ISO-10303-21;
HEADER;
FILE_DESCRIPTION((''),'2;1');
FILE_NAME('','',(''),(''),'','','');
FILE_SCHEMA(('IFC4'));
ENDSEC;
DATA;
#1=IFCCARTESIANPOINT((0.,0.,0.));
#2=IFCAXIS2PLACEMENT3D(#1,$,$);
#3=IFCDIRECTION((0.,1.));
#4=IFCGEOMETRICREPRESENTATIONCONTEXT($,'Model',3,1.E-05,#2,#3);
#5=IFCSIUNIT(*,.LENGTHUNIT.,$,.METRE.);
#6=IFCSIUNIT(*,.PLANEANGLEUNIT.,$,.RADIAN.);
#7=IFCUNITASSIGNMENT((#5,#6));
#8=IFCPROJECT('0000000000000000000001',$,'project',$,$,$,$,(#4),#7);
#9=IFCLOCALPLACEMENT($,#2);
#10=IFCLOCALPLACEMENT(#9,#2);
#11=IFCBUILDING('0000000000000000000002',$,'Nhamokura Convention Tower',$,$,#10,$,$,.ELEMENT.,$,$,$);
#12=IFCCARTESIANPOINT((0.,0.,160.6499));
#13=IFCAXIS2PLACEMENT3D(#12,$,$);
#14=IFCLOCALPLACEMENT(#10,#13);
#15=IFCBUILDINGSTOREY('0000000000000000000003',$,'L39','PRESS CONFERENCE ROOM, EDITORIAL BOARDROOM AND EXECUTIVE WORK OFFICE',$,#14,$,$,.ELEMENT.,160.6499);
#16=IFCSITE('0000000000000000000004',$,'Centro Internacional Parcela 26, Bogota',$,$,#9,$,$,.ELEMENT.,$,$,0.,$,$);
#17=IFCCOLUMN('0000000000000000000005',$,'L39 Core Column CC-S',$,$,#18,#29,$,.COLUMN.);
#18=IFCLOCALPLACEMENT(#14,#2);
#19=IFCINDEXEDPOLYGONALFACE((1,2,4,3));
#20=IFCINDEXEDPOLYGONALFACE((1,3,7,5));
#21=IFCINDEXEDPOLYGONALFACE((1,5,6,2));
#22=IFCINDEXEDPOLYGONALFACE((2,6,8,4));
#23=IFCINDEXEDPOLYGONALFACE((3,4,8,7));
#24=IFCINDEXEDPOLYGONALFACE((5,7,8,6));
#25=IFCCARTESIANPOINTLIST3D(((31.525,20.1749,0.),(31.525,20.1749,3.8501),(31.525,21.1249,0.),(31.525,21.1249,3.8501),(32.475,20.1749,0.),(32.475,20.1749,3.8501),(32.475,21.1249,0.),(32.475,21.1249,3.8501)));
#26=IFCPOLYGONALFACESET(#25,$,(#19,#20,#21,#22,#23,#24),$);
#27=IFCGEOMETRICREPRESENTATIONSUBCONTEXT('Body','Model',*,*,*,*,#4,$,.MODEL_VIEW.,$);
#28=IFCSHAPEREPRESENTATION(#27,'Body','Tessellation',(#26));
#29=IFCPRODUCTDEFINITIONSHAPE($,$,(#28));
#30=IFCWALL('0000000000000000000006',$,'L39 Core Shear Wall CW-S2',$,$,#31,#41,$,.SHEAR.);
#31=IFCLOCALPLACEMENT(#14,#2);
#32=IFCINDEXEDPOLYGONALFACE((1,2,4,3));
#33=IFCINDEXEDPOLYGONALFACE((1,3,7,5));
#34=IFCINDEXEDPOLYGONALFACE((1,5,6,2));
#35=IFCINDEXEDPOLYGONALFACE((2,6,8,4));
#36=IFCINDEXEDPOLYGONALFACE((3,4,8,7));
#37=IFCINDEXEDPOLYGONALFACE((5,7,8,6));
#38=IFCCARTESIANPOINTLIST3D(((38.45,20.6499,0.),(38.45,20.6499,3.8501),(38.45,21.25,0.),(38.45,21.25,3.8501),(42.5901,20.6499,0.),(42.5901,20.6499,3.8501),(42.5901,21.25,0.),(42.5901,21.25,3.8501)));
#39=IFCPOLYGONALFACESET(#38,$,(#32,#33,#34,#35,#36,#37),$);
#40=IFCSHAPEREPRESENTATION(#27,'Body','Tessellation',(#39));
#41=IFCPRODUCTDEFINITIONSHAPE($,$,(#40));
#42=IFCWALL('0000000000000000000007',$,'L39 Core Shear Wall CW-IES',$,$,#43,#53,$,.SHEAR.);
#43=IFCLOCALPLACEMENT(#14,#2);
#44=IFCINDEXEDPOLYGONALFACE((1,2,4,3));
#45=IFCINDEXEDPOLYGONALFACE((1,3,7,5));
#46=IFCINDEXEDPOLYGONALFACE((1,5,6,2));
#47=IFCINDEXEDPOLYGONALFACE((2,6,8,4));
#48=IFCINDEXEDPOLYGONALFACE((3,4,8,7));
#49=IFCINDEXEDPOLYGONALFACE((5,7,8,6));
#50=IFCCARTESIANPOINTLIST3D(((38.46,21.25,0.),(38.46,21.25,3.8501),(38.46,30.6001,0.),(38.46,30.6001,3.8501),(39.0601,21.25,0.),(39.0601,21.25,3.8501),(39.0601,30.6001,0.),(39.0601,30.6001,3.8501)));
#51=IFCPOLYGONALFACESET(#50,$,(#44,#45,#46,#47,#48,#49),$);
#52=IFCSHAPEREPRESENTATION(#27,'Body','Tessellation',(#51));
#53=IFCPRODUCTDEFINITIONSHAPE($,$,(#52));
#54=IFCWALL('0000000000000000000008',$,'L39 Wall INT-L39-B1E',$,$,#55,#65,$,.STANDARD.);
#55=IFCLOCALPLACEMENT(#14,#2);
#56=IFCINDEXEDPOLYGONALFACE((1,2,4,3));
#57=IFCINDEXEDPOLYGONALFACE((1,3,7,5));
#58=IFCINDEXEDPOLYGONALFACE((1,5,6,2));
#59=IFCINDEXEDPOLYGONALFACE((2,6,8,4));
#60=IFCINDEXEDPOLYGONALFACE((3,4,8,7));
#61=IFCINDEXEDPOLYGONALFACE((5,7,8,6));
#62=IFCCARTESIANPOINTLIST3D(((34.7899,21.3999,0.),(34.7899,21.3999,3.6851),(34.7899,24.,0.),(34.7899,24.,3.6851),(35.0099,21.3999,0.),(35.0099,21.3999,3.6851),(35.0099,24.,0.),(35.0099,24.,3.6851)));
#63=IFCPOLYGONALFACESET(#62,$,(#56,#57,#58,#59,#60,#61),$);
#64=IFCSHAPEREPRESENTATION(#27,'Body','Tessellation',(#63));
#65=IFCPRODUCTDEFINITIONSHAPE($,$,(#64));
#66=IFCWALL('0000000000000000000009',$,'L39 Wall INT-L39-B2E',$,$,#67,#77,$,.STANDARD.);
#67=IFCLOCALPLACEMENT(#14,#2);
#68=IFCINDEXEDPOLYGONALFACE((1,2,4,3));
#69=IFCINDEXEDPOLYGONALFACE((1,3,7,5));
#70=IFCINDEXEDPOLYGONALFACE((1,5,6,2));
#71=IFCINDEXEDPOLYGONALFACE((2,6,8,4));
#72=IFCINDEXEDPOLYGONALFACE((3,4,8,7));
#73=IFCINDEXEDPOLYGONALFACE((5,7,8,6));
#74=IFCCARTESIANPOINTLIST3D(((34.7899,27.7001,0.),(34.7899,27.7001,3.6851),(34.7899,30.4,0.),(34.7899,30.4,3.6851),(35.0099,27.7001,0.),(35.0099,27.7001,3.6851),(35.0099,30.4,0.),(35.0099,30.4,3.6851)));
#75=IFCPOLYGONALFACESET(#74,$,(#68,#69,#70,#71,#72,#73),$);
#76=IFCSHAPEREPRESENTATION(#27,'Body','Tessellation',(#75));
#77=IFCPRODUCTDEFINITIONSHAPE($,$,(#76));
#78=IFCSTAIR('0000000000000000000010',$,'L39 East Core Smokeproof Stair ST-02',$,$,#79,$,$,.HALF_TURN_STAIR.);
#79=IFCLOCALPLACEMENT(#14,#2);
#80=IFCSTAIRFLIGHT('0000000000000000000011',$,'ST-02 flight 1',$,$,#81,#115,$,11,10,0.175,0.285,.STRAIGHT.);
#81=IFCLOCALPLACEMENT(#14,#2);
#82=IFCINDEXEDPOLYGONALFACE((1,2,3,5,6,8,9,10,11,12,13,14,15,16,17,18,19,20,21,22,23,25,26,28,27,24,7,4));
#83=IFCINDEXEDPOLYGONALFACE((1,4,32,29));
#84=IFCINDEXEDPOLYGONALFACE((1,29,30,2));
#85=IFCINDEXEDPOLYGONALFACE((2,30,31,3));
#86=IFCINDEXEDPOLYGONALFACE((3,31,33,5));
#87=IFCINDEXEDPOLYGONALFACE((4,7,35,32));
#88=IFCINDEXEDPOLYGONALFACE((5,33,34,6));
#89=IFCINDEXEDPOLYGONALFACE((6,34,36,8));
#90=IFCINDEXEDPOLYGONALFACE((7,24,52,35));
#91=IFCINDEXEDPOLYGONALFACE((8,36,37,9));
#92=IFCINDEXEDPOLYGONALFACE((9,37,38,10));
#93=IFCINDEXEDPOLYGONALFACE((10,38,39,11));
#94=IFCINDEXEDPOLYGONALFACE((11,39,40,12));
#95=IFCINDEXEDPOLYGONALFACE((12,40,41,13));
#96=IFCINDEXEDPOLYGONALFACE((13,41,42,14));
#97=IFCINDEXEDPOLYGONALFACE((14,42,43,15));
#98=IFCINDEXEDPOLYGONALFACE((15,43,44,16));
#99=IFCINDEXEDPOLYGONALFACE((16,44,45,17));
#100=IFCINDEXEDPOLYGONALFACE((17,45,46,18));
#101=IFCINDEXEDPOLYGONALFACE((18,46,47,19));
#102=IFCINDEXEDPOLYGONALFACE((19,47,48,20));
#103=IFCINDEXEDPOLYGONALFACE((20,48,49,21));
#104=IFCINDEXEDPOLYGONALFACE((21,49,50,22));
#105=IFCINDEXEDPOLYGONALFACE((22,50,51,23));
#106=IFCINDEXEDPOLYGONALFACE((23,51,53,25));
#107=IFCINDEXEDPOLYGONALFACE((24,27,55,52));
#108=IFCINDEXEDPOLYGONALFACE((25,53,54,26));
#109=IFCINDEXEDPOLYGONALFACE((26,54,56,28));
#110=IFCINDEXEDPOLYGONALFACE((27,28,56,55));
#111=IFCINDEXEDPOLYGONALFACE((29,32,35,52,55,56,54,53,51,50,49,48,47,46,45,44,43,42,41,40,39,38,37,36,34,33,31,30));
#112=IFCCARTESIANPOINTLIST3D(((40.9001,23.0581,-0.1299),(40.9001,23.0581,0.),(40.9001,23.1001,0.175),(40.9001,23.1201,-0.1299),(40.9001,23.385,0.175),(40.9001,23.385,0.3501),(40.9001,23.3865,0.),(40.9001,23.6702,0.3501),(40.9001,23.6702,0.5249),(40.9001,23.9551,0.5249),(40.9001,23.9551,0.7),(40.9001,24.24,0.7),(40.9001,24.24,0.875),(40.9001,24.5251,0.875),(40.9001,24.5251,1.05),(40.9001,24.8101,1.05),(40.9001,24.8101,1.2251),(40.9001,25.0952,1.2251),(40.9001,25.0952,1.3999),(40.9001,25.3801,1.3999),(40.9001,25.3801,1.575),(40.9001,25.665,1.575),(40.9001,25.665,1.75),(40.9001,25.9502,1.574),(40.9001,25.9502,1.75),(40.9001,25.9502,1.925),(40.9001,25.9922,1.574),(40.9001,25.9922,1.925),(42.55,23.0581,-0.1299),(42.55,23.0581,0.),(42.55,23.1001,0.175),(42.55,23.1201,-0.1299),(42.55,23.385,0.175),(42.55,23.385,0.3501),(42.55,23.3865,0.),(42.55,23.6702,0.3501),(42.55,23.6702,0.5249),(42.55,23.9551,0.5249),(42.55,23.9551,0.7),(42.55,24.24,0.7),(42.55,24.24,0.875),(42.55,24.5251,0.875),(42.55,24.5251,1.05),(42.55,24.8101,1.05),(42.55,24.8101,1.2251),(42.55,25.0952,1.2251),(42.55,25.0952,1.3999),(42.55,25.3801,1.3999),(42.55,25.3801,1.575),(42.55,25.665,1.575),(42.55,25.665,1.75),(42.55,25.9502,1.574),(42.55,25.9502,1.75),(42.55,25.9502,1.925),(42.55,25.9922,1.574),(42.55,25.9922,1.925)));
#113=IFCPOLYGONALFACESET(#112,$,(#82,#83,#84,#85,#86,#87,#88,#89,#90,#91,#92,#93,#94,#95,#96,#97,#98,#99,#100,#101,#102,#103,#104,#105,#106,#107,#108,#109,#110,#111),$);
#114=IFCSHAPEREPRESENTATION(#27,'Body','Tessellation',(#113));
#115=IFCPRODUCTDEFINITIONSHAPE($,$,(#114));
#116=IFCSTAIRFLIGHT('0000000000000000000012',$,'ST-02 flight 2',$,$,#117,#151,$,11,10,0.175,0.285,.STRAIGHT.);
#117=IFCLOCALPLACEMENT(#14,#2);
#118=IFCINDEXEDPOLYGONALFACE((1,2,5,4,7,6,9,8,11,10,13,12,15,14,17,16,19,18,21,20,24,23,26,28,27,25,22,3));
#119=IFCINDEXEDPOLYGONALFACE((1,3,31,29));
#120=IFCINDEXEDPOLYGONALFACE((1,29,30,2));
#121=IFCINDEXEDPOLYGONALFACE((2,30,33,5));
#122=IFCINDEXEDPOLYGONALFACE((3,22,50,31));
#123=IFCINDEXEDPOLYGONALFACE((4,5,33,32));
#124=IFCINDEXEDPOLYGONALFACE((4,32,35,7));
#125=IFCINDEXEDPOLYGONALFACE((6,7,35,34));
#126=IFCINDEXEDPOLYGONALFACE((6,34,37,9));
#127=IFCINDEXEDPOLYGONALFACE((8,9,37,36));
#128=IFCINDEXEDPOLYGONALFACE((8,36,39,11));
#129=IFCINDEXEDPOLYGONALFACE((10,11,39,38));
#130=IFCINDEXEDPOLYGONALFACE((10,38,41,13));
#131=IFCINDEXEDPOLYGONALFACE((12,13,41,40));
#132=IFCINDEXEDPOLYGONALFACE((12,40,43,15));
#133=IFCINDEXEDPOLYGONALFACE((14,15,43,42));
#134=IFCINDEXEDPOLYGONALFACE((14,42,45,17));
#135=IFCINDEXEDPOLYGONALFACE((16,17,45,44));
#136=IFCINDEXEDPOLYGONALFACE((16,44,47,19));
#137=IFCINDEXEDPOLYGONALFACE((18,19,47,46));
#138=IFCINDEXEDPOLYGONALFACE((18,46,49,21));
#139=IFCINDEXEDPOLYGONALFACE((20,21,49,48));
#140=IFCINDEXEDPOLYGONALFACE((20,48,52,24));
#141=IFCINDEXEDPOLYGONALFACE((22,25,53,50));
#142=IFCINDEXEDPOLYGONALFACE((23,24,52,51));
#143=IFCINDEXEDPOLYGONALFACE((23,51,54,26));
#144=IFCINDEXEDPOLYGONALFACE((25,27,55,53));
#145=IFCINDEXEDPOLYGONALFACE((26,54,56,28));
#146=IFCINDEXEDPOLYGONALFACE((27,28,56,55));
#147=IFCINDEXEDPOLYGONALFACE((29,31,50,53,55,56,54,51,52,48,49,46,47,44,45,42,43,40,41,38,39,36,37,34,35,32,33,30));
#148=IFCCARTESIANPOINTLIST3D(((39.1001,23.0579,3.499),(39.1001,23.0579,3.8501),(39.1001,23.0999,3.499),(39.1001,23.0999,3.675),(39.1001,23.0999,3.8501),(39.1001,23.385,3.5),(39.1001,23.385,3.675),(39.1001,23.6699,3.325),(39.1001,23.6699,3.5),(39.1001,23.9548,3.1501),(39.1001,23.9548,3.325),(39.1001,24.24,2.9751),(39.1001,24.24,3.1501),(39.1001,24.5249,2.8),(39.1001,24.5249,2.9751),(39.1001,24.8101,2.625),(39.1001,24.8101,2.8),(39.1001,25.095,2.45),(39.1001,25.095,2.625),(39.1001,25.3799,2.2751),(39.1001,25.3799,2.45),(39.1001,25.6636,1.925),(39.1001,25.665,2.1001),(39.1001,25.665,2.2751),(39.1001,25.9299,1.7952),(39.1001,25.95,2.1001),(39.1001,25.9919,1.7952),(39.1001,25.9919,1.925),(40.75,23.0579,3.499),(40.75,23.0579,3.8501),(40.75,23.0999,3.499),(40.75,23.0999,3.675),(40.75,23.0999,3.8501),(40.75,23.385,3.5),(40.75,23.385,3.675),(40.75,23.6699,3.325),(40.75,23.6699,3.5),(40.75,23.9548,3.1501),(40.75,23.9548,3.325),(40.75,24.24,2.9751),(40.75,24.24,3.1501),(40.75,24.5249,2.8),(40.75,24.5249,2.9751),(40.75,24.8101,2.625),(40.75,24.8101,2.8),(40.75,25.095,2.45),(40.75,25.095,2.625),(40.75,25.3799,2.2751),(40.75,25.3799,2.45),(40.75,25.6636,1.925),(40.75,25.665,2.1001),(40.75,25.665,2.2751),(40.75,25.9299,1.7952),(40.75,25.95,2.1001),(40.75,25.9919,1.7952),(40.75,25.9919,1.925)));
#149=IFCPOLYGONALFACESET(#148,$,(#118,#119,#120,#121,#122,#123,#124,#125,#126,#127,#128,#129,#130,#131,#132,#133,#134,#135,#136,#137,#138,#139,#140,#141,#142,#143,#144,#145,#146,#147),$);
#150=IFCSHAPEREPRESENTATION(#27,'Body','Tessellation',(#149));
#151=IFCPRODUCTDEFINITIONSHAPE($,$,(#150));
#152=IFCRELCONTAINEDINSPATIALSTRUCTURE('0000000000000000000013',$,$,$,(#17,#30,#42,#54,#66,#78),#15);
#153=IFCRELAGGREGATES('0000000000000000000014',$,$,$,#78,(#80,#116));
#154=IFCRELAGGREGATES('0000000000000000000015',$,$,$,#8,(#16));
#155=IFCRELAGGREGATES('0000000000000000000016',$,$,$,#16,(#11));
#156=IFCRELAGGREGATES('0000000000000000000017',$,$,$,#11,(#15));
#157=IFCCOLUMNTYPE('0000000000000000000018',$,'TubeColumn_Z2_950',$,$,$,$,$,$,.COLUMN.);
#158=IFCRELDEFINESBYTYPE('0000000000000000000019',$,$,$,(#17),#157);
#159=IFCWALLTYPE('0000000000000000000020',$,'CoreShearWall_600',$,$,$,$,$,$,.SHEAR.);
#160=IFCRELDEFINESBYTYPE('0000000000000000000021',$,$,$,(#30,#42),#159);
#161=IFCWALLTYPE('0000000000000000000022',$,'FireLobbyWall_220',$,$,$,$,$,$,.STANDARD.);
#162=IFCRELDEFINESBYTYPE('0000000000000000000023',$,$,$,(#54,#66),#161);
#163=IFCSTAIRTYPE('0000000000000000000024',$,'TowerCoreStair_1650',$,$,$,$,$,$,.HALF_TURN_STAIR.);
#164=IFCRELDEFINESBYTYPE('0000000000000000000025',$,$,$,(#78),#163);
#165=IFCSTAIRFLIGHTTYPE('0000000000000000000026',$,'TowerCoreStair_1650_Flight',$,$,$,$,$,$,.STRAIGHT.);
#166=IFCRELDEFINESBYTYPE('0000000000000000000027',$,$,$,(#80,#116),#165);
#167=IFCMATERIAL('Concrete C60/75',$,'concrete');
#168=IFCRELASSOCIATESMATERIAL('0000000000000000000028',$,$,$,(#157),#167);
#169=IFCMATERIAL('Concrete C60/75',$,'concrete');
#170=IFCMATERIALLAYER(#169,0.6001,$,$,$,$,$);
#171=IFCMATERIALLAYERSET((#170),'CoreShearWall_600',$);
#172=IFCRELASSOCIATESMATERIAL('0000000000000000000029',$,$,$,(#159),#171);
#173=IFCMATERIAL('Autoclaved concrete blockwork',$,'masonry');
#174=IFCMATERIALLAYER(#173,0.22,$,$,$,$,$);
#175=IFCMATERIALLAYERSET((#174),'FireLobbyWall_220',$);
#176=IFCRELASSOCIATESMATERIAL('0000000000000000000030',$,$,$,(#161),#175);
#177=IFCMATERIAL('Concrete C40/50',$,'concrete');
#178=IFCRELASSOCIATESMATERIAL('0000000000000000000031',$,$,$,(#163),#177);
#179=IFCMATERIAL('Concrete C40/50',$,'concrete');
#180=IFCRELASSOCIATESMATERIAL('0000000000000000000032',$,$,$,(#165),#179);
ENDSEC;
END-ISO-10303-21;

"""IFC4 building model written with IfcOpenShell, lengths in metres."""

from ifc_helpers import new_model, si_unit, direction, frame, frame_2d, origin, origin_2d, place, context, subcontext, project, spatial, polyline, rectangle, outline, extrude, material, layer, layer_set, material_profile, profile_set, type_object, element, aggregate, save


model = new_model("IFC4")

# Units and contexts
model_context = context("Model", 3, precision=1e-05, world=origin(), true_north=direction((0.0, 1.0)))
body_context = subcontext(model_context, "Body", "Model", "MODEL_VIEW")
ifc_project = project(units=[si_unit("LENGTHUNIT", "METRE"), si_unit("PLANEANGLEUNIT", "RADIAN")], contexts=[model_context])

# Site, building, storey
site_placement = place(None, origin())
site = spatial("IfcSite", under=ifc_project, at=site_placement, Name="Centro Internacional Parcela 26, Bogota", CompositionType="ELEMENT", RefElevation=0.0)
building_placement = place(site_placement, origin())
building = spatial("IfcBuilding", under=site, at=building_placement, Name="Nhamokura Convention Tower", CompositionType="ELEMENT")
storey_placement = place(building_placement, frame((0.0, 0.0, 160.6499)))
storey = spatial("IfcBuildingStorey", under=building, at=storey_placement, Name="L39", Description="PRESS CONFERENCE ROOM, EDITORIAL BOARDROOM AND EXECUTIVE WORK OFFICE", CompositionType="ELEMENT", Elevation=160.6499)

# Column
ifc_material_1 = material(Name="Concrete C60/75", Category="concrete")
ifc_material_profile = material_profile(ifc_material_1, rectangle(XDim=0.95, YDim=0.95, at=origin_2d()))
ifc_profile_set = profile_set([ifc_material_profile], Name="Concrete C60/75")
column_type = type_object("IfcColumnType", Name="TubeColumn_Z2_950", PredefinedType="COLUMN", material=ifc_profile_set)
column_placement = place(storey_placement, frame((32.0, 20.6499, 0.0), z_axis=(0.0, 0.0, 1.0), x_axis=(1.0, 0.0, 0.0)))
element("IfcColumn", 1, at=column_placement, inside=storey, type_object=column_type, Name="L39 Core Column CC-S", PredefinedType="COLUMN", context=body_context, shape_type="SweptSolid", body=[
    extrude(rectangle(XDim=0.95, YDim=0.95, at=origin_2d()), origin(), (0.0, 0.0, 1.0), 3.8501),
])

# Shared definitions
ifc_material_2 = material(Name="Concrete C60/75", Category="concrete")
ifc_layer_1 = layer(ifc_material_2, 0.6001)
ifc_layer_set_1 = layer_set([ifc_layer_1], Name="CoreShearWall_600")
wall_type_1 = type_object("IfcWallType", Name="CoreShearWall_600", PredefinedType="SHEAR", material=ifc_layer_set_1)

# Walls
wall_1_placement = place(storey_placement, frame((38.45, 20.95, 0.0), z_axis=(0.0, 0.0, 1.0), x_axis=(1.0, 0.0, 0.0)))
element("IfcWall", 2, at=wall_1_placement, inside=storey, type_object=wall_type_1, Name="L39 Core Shear Wall CW-S2", PredefinedType="SHEAR", context=body_context, shape_type="SweptSolid", body=[
    extrude(rectangle(XDim=4.1401, YDim=0.6001, at=frame_2d((2.0701, 0.0))), origin(), (0.0, 0.0, 1.0), 3.8501),
])
wall_2_placement = place(storey_placement, frame((38.76, 21.25, 0.0), z_axis=(0.0, 0.0, 1.0), x_axis=(0.0, 1.0, 0.0)))
element("IfcWall", 3, at=wall_2_placement, inside=storey, type_object=wall_type_1, Name="L39 Core Shear Wall CW-IES", PredefinedType="SHEAR", context=body_context, shape_type="SweptSolid", body=[
    extrude(rectangle(XDim=9.3501, YDim=0.6001, at=frame_2d((4.675, 0.0))), origin(), (0.0, 0.0, 1.0), 3.8501),
])

# Shared definitions
ifc_material_3 = material(Name="Autoclaved concrete blockwork", Category="masonry")
ifc_layer_2 = layer(ifc_material_3, 0.22)
ifc_layer_set_2 = layer_set([ifc_layer_2], Name="FireLobbyWall_220")
wall_type_2 = type_object("IfcWallType", Name="FireLobbyWall_220", PredefinedType="STANDARD", material=ifc_layer_set_2)

# Walls
wall_3_placement = place(storey_placement, frame((34.8999, 21.3999, 0.0), z_axis=(0.0, 0.0, 1.0), x_axis=(0.0, 1.0, 0.0)))
element("IfcWall", 4, at=wall_3_placement, inside=storey, type_object=wall_type_2, Name="L39 Wall INT-L39-B1E", PredefinedType="STANDARD", context=body_context, shape_type="SweptSolid", body=[
    extrude(rectangle(XDim=2.6001, YDim=0.22, at=frame_2d((1.3, 0.0))), origin(), (0.0, 0.0, 1.0), 3.6851),
])
wall_4_placement = place(storey_placement, frame((34.8999, 27.7, 0.0), z_axis=(0.0, 0.0, 1.0), x_axis=(0.0, 1.0, 0.0)))
element("IfcWall", 5, at=wall_4_placement, inside=storey, type_object=wall_type_2, Name="L39 Wall INT-L39-B2E", PredefinedType="STANDARD", context=body_context, shape_type="SweptSolid", body=[
    extrude(rectangle(XDim=2.7, YDim=0.22, at=frame_2d((1.3501, 0.0))), origin(), (0.0, 0.0, 1.0), 3.6851),
])

# Stair, stair flights
ifc_material_4 = material(Name="Concrete C40/50", Category="concrete")
stair_type = type_object("IfcStairType", Name="TowerCoreStair_1650", PredefinedType="HALF_TURN_STAIR", material=ifc_material_4)
stair_placement = place(storey_placement, origin())
stair = element("IfcStair", 6, at=stair_placement, inside=storey, type_object=stair_type, Name="L39 East Core Smokeproof Stair ST-02", PredefinedType="HALF_TURN_STAIR")
ifc_material_5 = material(Name="Concrete C40/50", Category="concrete")
stair_flight_type = type_object("IfcStairFlightType", Name="TowerCoreStair_1650_Flight", PredefinedType="STRAIGHT", material=ifc_material_5)
stair_flight_1_placement = place(storey_placement, frame((41.7251, 23.1001, 0.0), z_axis=(0.0, 0.0, 1.0), x_axis=(0.0, 1.0, 0.0)))
stair_flight_1 = element("IfcStairFlight", 7, at=stair_flight_1_placement, type_object=stair_flight_type, Name="ST-02 flight 1", NumberOfRisers=11, NumberOfTreads=10, PredefinedType="STRAIGHT", RiserHeight=0.175, TreadLength=0.285, context=body_context, shape_type="SweptSolid", body=[
    extrude(outline(polyline([(-0.042, 0.0), (0.0, 0.175), (0.2849, 0.175), (0.2849, 0.3501), (0.5701, 0.3501), (0.5701, 0.5249), (0.855, 0.5249), (0.855, 0.7), (1.1399, 0.7), (1.1399, 0.875), (1.425, 0.875), (1.425, 1.05), (1.71, 1.05), (1.71, 1.2251), (1.9951, 1.2251), (1.9951, 1.3999), (2.28, 1.3999), (2.28, 1.575), (2.5649, 1.575), (2.5649, 1.75), (2.8501, 1.75), (2.8501, 1.925), (2.8921, 1.925), (2.8921, 1.574), (2.8501, 1.574), (0.2864, 0.0), (0.02, -0.1299), (-0.042, -0.1299), (-0.042, 0.0)])), frame((0.0, 0.825, 0.0), z_axis=(0.0, -1.0, 0.0), x_axis=(1.0, 0.0, 0.0)), (0.0, 0.0, 1.0), 1.6499),
])
stair_flight_2_placement = place(storey_placement, frame((39.925, 25.95, 1.925), z_axis=(0.0, 0.0, 1.0), x_axis=(0.0, -1.0, 0.0)))
stair_flight_2 = element("IfcStairFlight", 8, at=stair_flight_2_placement, type_object=stair_flight_type, Name="ST-02 flight 2", NumberOfRisers=11, NumberOfTreads=10, PredefinedType="STRAIGHT", RiserHeight=0.175, TreadLength=0.285, context=body_context, shape_type="SweptSolid", body=[
    extrude(outline(polyline([(-0.042, 0.0), (0.0, 0.175), (0.2849, 0.175), (0.2849, 0.3501), (0.5701, 0.3501), (0.5701, 0.5249), (0.855, 0.5249), (0.855, 0.7), (1.1399, 0.7), (1.1399, 0.875), (1.425, 0.875), (1.425, 1.05), (1.71, 1.05), (1.71, 1.2251), (1.9951, 1.2251), (1.9951, 1.3999), (2.28, 1.3999), (2.28, 1.575), (2.5649, 1.575), (2.5649, 1.75), (2.8501, 1.75), (2.8501, 1.925), (2.8921, 1.925), (2.8921, 1.574), (2.8501, 1.574), (0.2864, 0.0), (0.02, -0.1299), (-0.042, -0.1299), (-0.042, 0.0)])), frame((0.0, 0.825, 0.0), z_axis=(0.0, -1.0, 0.0), x_axis=(1.0, 0.0, 0.0)), (0.0, 0.0, 1.0), 1.6499),
])
aggregate(stair, [stair_flight_1, stair_flight_2])

save(model, "model.ifc")
